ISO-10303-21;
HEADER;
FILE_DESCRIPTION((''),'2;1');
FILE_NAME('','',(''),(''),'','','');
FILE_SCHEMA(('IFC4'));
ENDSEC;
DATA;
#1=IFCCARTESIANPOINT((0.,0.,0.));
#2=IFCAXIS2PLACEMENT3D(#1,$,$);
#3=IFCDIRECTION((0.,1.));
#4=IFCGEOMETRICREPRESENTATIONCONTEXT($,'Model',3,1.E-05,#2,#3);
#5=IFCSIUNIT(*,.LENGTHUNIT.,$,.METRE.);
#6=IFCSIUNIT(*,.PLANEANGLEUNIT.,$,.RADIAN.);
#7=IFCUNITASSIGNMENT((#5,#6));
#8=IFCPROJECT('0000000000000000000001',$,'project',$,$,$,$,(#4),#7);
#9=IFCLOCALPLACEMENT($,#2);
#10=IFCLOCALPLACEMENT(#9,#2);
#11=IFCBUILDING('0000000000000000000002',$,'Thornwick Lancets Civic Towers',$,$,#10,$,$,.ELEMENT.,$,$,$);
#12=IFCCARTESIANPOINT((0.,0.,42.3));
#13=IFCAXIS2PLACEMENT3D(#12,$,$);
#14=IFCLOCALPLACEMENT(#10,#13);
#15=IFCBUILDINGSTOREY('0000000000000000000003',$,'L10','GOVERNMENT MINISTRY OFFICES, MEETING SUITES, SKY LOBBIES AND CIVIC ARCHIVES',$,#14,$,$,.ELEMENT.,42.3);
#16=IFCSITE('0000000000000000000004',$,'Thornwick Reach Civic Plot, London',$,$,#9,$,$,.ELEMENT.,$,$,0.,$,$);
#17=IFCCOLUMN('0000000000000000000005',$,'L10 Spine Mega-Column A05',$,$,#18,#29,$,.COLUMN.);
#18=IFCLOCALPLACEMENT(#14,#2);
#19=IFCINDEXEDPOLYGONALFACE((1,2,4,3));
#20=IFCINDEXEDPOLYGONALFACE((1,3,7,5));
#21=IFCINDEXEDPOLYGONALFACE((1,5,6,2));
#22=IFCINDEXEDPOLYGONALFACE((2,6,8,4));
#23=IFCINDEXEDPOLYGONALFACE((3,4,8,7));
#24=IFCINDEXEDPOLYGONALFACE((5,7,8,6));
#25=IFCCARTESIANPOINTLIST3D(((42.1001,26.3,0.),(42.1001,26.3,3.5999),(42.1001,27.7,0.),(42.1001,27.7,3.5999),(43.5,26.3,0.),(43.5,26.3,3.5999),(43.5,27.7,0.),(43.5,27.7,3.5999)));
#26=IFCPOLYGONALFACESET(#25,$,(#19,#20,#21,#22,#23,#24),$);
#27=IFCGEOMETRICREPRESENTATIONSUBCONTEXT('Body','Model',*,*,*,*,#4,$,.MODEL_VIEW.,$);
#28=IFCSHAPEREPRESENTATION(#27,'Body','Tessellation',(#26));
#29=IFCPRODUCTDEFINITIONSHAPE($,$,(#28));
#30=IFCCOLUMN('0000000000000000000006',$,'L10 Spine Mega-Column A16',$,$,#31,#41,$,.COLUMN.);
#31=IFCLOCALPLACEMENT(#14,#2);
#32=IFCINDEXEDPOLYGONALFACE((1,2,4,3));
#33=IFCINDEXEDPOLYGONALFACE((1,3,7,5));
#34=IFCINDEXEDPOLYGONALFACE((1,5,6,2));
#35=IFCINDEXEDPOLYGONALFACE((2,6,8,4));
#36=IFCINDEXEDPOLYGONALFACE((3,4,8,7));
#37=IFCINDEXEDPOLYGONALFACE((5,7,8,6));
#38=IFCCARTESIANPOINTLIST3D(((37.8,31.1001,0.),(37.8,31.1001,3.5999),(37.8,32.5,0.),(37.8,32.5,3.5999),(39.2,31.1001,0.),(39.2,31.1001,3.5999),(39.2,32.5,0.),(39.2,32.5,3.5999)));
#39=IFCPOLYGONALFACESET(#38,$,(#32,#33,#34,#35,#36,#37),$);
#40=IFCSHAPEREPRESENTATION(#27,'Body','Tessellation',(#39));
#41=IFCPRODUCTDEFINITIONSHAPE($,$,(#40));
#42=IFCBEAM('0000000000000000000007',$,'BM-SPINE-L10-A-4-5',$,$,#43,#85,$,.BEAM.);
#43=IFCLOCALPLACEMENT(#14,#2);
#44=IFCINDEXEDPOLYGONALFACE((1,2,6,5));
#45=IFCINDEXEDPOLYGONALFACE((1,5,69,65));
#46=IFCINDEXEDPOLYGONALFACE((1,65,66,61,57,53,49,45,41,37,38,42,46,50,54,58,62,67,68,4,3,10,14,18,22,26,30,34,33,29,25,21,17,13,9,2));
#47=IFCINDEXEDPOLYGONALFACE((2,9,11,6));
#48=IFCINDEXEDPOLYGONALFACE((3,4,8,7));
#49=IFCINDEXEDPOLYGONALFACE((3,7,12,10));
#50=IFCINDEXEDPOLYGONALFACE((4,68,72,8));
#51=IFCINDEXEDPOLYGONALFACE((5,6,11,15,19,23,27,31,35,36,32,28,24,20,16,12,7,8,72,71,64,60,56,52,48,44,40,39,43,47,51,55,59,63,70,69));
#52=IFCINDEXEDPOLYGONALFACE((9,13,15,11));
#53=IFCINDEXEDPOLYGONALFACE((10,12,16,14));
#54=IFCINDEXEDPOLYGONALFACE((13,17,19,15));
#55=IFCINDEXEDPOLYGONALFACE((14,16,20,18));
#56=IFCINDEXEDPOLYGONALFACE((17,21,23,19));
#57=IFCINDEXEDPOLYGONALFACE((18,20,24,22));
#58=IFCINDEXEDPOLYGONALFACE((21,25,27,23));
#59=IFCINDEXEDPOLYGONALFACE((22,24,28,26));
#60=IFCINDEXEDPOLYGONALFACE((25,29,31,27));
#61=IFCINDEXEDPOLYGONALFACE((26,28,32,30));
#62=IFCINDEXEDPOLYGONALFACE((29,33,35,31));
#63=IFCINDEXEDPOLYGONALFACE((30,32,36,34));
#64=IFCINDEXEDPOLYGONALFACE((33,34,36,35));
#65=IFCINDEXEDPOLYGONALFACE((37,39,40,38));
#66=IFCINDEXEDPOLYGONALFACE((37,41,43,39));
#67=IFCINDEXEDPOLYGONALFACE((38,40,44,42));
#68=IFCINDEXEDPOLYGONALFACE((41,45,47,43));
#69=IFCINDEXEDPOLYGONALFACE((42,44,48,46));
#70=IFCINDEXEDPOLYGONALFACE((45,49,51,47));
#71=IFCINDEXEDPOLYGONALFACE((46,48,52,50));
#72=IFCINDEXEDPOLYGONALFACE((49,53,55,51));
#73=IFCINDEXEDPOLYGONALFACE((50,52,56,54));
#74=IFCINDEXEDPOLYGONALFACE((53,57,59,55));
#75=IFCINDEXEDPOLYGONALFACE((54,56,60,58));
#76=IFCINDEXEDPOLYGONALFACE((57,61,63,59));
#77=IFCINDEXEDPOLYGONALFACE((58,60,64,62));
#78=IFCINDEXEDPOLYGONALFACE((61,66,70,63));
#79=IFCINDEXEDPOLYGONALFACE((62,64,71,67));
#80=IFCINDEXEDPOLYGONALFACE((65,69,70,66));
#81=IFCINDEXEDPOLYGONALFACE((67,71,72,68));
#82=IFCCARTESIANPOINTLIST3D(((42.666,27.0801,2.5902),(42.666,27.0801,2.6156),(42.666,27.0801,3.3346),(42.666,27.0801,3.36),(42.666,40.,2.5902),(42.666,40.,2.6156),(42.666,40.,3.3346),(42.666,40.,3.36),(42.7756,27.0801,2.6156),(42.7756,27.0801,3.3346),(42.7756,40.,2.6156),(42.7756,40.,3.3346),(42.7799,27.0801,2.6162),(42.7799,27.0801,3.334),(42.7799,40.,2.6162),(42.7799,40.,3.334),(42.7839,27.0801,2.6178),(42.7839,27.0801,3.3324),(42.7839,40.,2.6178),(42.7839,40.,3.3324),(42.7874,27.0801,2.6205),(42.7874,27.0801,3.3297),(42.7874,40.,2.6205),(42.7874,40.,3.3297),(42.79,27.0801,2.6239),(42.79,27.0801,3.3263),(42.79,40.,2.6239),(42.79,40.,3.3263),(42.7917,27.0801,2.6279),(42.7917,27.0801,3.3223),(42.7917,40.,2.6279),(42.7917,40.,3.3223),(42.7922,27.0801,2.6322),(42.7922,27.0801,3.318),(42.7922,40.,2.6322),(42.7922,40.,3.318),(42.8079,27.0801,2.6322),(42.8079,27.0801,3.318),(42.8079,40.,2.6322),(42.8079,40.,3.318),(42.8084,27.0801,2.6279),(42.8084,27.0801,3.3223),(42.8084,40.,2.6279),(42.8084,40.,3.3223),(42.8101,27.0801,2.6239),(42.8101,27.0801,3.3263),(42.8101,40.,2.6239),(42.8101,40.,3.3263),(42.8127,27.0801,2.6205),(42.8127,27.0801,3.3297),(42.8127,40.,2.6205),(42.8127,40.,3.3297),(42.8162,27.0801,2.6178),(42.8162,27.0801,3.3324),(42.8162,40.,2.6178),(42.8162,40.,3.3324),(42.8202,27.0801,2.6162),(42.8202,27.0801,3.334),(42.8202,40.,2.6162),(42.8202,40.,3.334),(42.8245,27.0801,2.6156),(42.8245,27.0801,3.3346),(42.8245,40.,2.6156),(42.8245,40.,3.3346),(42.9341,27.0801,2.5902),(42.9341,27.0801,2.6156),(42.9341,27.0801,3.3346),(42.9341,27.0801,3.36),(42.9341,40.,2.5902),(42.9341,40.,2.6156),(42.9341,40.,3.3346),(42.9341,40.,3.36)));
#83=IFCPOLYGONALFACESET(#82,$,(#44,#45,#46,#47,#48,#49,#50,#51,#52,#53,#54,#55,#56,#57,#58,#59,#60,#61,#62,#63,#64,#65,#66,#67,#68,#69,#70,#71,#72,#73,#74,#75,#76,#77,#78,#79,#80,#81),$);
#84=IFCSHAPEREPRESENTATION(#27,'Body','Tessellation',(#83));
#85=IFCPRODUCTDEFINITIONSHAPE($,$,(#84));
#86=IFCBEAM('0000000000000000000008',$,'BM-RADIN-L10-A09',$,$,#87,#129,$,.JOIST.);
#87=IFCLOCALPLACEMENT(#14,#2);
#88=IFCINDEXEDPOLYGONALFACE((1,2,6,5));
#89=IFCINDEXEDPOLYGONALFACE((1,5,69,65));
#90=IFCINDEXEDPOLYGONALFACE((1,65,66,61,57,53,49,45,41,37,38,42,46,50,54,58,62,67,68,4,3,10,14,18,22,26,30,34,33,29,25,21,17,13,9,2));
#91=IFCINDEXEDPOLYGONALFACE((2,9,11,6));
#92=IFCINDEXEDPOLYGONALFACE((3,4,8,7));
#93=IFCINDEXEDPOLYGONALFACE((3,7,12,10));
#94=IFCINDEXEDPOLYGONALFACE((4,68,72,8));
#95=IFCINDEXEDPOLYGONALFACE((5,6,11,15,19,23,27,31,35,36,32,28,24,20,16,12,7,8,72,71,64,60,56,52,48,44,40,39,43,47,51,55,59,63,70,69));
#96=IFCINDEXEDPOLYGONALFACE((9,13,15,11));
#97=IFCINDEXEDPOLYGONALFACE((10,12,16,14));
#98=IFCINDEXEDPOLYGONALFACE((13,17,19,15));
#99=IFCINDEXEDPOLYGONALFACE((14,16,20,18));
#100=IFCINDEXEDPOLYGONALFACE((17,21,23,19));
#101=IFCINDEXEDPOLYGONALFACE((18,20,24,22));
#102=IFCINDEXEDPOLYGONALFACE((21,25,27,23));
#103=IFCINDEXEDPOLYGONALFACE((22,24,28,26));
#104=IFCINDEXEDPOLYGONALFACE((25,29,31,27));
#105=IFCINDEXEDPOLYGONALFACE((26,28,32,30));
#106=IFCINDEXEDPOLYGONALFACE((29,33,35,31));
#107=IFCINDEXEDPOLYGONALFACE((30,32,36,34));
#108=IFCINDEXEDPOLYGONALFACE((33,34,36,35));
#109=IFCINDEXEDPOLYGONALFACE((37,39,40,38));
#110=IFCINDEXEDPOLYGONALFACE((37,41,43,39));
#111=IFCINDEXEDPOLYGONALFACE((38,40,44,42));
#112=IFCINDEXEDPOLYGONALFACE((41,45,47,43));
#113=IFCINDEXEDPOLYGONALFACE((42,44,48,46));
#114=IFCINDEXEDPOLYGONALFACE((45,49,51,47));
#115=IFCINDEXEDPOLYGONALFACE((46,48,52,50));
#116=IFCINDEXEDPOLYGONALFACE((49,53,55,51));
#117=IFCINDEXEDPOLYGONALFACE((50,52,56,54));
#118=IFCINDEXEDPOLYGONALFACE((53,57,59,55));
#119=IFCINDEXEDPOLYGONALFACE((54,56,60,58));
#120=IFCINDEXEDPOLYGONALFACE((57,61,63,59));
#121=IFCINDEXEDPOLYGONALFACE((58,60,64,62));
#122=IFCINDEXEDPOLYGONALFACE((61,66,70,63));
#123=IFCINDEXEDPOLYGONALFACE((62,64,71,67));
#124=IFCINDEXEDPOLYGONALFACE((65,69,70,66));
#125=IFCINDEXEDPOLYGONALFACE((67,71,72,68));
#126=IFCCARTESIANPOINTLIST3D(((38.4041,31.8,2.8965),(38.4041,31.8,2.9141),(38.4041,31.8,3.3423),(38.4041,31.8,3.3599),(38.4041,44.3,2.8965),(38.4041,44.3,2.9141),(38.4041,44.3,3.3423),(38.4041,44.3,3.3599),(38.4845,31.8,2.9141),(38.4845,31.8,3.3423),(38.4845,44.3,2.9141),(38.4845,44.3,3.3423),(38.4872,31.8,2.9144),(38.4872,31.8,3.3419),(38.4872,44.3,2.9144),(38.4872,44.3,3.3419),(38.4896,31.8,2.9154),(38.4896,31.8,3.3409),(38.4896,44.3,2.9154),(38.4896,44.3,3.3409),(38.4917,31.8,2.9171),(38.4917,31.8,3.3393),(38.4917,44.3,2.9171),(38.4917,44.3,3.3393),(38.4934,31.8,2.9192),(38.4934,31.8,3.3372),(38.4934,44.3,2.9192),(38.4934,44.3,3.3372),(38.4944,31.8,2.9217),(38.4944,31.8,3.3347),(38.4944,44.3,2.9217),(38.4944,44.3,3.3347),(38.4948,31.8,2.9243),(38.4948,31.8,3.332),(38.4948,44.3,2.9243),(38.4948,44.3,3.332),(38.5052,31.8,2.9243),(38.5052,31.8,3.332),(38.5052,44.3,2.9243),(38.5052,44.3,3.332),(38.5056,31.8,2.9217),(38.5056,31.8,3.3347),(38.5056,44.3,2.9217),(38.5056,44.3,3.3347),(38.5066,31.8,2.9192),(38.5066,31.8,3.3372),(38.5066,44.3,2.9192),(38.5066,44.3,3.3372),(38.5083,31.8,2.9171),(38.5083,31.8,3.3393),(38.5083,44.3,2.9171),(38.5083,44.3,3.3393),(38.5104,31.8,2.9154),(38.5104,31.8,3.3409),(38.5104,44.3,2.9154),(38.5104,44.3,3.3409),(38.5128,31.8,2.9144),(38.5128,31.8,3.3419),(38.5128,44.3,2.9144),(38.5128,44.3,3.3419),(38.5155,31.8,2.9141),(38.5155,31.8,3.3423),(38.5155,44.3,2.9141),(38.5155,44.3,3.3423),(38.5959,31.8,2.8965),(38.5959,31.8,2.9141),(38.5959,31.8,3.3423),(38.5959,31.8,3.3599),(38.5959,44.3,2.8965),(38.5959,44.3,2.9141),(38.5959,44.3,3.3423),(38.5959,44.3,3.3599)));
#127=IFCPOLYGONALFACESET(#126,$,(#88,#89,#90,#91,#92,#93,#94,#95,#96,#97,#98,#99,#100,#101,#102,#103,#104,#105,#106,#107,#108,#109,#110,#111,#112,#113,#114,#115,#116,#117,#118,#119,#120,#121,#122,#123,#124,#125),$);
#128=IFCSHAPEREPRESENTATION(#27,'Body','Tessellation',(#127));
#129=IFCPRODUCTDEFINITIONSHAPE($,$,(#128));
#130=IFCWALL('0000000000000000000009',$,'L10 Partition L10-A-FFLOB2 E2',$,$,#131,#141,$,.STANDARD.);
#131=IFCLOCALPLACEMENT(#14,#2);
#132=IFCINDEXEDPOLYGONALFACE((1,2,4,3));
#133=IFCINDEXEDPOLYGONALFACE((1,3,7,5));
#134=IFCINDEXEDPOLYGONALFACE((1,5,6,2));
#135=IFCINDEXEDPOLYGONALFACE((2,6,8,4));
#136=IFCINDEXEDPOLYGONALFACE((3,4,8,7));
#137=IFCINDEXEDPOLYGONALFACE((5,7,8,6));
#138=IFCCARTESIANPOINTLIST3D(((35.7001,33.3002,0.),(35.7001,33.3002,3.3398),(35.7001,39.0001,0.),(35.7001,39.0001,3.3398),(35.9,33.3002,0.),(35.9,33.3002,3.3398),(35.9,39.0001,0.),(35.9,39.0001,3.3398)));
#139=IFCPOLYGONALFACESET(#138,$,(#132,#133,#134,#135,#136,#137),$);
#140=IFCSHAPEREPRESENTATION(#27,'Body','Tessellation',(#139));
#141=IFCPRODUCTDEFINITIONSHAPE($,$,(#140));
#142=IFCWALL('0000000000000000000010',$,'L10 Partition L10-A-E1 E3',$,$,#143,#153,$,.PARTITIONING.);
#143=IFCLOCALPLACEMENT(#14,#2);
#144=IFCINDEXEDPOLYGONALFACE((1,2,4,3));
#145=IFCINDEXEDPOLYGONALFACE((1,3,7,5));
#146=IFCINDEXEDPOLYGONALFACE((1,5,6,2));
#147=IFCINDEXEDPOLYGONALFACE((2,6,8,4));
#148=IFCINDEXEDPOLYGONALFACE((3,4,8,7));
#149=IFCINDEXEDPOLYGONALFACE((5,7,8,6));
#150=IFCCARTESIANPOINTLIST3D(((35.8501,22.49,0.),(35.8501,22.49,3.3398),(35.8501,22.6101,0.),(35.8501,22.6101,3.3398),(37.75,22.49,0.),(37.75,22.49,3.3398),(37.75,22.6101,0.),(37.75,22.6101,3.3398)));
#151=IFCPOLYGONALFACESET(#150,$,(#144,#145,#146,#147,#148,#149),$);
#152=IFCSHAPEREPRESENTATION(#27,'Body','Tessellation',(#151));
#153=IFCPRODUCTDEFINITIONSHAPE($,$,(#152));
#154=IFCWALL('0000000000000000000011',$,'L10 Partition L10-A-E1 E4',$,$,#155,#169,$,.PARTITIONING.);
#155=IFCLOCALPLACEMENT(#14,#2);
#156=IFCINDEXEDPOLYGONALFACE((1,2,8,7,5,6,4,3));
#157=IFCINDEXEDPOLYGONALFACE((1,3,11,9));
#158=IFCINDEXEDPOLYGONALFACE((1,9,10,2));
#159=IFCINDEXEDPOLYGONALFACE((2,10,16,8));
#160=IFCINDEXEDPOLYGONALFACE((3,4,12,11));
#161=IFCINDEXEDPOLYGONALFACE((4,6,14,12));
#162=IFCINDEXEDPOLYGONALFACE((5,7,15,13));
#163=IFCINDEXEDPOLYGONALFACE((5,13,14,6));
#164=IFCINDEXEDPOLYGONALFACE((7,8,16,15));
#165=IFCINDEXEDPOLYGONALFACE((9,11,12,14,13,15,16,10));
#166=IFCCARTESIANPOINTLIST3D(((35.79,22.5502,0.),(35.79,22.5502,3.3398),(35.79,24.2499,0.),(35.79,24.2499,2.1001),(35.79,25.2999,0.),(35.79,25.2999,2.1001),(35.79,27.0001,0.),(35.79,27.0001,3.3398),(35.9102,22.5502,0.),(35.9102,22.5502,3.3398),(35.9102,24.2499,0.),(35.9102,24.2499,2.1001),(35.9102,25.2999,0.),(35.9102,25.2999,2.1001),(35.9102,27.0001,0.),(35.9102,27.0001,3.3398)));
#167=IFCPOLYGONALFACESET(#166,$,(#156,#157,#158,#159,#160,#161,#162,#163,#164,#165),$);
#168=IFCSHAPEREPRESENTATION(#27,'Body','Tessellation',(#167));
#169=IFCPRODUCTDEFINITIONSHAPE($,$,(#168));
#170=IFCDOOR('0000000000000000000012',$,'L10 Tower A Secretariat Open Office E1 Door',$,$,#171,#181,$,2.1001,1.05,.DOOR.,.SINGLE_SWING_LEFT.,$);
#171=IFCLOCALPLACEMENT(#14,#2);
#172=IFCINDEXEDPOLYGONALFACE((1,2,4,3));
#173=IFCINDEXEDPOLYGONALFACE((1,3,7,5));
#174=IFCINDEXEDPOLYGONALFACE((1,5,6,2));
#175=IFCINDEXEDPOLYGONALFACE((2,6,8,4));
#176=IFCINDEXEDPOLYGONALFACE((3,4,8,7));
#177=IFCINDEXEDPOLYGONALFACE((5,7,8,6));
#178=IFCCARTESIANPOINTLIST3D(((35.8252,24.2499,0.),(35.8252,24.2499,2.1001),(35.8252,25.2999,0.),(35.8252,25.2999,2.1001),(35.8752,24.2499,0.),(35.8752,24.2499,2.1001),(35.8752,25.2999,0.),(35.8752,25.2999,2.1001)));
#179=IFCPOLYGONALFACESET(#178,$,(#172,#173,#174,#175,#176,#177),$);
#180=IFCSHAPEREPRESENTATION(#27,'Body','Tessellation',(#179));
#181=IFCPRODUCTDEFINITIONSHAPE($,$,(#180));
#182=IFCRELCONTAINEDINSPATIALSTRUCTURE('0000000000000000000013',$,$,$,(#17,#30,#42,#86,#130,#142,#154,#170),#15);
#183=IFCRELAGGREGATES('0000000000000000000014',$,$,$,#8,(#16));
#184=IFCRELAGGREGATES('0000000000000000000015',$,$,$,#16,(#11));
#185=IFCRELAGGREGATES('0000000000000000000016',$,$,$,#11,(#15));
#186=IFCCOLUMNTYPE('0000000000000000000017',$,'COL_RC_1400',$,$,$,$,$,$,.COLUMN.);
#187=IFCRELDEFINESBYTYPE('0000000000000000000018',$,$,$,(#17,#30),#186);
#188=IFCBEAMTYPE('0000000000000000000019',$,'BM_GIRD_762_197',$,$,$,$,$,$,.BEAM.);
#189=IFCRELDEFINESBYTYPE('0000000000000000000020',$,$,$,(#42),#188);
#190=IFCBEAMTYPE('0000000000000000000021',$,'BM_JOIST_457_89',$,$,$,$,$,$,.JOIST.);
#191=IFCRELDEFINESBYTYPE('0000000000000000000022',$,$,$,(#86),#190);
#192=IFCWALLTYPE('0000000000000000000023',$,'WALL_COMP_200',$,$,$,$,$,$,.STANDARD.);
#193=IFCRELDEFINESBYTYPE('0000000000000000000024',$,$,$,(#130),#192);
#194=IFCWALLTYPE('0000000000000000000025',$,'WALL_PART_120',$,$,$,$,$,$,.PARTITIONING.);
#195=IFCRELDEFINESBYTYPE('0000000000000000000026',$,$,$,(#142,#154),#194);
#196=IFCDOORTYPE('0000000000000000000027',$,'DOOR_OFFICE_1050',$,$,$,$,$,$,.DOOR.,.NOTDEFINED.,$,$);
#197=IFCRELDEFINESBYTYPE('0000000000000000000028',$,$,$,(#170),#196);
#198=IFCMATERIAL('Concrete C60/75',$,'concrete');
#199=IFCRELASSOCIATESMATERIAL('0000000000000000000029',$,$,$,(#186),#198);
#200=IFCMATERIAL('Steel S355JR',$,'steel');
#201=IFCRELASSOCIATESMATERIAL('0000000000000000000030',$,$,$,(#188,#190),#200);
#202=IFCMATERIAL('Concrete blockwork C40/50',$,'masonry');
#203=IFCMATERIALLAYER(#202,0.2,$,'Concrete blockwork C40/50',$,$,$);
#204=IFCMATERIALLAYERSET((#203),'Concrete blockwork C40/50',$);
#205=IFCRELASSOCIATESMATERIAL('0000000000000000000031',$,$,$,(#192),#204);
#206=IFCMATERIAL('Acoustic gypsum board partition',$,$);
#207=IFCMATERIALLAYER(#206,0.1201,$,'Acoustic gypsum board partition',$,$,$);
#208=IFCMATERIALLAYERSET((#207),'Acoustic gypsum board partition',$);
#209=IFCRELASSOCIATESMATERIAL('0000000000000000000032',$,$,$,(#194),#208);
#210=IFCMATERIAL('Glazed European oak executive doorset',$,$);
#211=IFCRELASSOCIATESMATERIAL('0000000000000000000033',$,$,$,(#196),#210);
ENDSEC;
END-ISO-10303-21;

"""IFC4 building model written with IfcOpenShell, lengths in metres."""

from ifc_helpers import new_model, si_unit, direction, frame, frame_2d, origin, origin_2d, place, context, subcontext, project, spatial, rectangle, i_section, extrude, material, layer, layer_set, material_profile, profile_set, type_object, element, fill, save


model = new_model("IFC4")

# Units and contexts
model_context = context("Model", 3, precision=1e-05, world=origin(), true_north=direction((0.0, 1.0)))
body_context = subcontext(model_context, "Body", "Model", "MODEL_VIEW")
ifc_project = project(units=[si_unit("LENGTHUNIT", "METRE"), si_unit("PLANEANGLEUNIT", "RADIAN")], contexts=[model_context])

# Site, building, storey
site_placement = place(None, origin())
site = spatial("IfcSite", under=ifc_project, at=site_placement, Name="Thornwick Reach Civic Plot, London", CompositionType="ELEMENT", RefElevation=0.0)
building_placement = place(site_placement, origin())
building = spatial("IfcBuilding", under=site, at=building_placement, Name="Thornwick Lancets Civic Towers", CompositionType="ELEMENT")
storey_placement = place(building_placement, frame((0.0, 0.0, 42.3)))
storey = spatial("IfcBuildingStorey", under=building, at=storey_placement, Name="L10", Description="GOVERNMENT MINISTRY OFFICES, MEETING SUITES, SKY LOBBIES AND CIVIC ARCHIVES", CompositionType="ELEMENT", Elevation=42.3)

# Columns
ifc_material_1 = material(Name="Concrete C60/75", Category="concrete")
ifc_material_profile_1 = material_profile(ifc_material_1, rectangle(XDim=1.3999, YDim=1.3999, at=origin_2d()), Name="RC 1400x1400")
ifc_profile_set_1 = profile_set([ifc_material_profile_1], Name="Concrete C60/75")
column_type = type_object("IfcColumnType", Name="COL_RC_1400", PredefinedType="COLUMN", material=ifc_profile_set_1)
for number, where, z_axis, x_axis, name in (
    (1, (42.8, 27.0, 0.0), (0.0, 0.0, 1.0), (1.0, 0.0, 0.0), "L10 Spine Mega-Column A05"),
    (2, (38.5, 31.8, 0.0), (0.0, 0.0, 1.0), (1.0, 0.0, 0.0), "L10 Spine Mega-Column A16"),
):
    element("IfcColumn", number, at=place(storey_placement, frame(where, z_axis=z_axis, x_axis=x_axis)), inside=storey, type_object=column_type, Name=name, PredefinedType="COLUMN", context=body_context, shape_type="SweptSolid", body=[
        extrude(rectangle(XDim=1.3999, YDim=1.3999, at=origin_2d()), origin(), (0.0, 0.0, 1.0), 3.5999),
    ])

# Beams
ifc_material_2 = material(Name="Steel S355JR", Category="steel")
ifc_material_profile_2 = material_profile(ifc_material_2, i_section(OverallWidth=0.2681, OverallDepth=0.7698, WebThickness=0.0156, FlangeThickness=0.0254, FilletRadius=0.0166, at=origin_2d()), Name="UKB 762x267x197")
ifc_profile_set_2 = profile_set([ifc_material_profile_2], Name="Steel S355JR")
beam_type_1 = type_object("IfcBeamType", Name="BM_GIRD_762_197", PredefinedType="BEAM", material=ifc_profile_set_2)
beam_1_placement = place(storey_placement, frame((42.8, 27.0801, 2.9751), z_axis=(0.0, 1.0, 0.0), x_axis=(-1.0, 0.0, 0.0)))
element("IfcBeam", 3, at=beam_1_placement, inside=storey, type_object=beam_type_1, Name="BM-SPINE-L10-A-4-5", PredefinedType="BEAM", context=body_context, shape_type="SweptSolid", body=[
    extrude(i_section(OverallWidth=0.2681, OverallDepth=0.7698, WebThickness=0.0156, FlangeThickness=0.0254, FilletRadius=0.0166, at=origin_2d()), origin(), (0.0, 0.0, 1.0), 12.9199),
])
ifc_material_profile_3 = material_profile(ifc_material_2, i_section(OverallWidth=0.1919, OverallDepth=0.4634, WebThickness=0.0105, FlangeThickness=0.0176, FilletRadius=0.0103, at=origin_2d()), Name="UKB 457x191x89")
ifc_profile_set_3 = profile_set([ifc_material_profile_3], Name="Steel S355JR")
beam_type_2 = type_object("IfcBeamType", Name="BM_JOIST_457_89", PredefinedType="JOIST", material=ifc_profile_set_3)
beam_2_placement = place(storey_placement, frame((38.5, 31.8, 3.1282), z_axis=(0.0, 1.0, 0.0), x_axis=(-1.0, 0.0, 0.0)))
element("IfcBeam", 4, at=beam_2_placement, inside=storey, type_object=beam_type_2, Name="BM-RADIN-L10-A09", PredefinedType="JOIST", context=body_context, shape_type="SweptSolid", body=[
    extrude(i_section(OverallWidth=0.1919, OverallDepth=0.4634, WebThickness=0.0105, FlangeThickness=0.0176, FilletRadius=0.0103, at=origin_2d()), origin(), (0.0, 0.0, 1.0), 12.5),
])

# Walls
ifc_material_3 = material(Name="Concrete blockwork C40/50", Category="masonry")
ifc_layer_1 = layer(ifc_material_3, 0.2, Name="Concrete blockwork C40/50")
ifc_layer_set_1 = layer_set([ifc_layer_1], Name="Concrete blockwork C40/50")
wall_type_1 = type_object("IfcWallType", Name="WALL_COMP_200", PredefinedType="STANDARD", material=ifc_layer_set_1)
wall_1_placement = place(storey_placement, frame((35.8, 33.3, 0.0), z_axis=(0.0, 0.0, 1.0), x_axis=(0.0, 1.0, 0.0)))
element("IfcWall", 5, at=wall_1_placement, inside=storey, type_object=wall_type_1, Name="L10 Partition L10-A-FFLOB2 E2", PredefinedType="STANDARD", context=body_context, shape_type="SweptSolid", body=[
    extrude(rectangle(XDim=5.7, YDim=0.2, at=frame_2d((2.8501, 0.0))), origin(), (0.0, 0.0, 1.0), 3.3398),
])
ifc_material_4 = material(Name="Acoustic gypsum board partition")
ifc_layer_2 = layer(ifc_material_4, 0.1201, Name="Acoustic gypsum board partition")
ifc_layer_set_2 = layer_set([ifc_layer_2], Name="Acoustic gypsum board partition")
wall_type_2 = type_object("IfcWallType", Name="WALL_PART_120", PredefinedType="PARTITIONING", material=ifc_layer_set_2)
wall_2_placement = place(storey_placement, frame((37.75, 22.55, 0.0), z_axis=(0.0, 0.0, 1.0), x_axis=(-1.0, 0.0, 0.0)))
element("IfcWall", 6, at=wall_2_placement, inside=storey, type_object=wall_type_2, Name="L10 Partition L10-A-E1 E3", PredefinedType="PARTITIONING", context=body_context, shape_type="SweptSolid", body=[
    extrude(rectangle(XDim=1.8999, YDim=0.1201, at=frame_2d((0.95, 0.0))), origin(), (0.0, 0.0, 1.0), 3.3398),
])

# Wall, opening, door
wall_3_placement = place(storey_placement, frame((35.8501, 22.55, 0.0), z_axis=(0.0, 0.0, 1.0), x_axis=(0.0, 1.0, 0.0)))
wall_3 = element("IfcWall", 7, at=wall_3_placement, inside=storey, type_object=wall_type_2, Name="L10 Partition L10-A-E1 E4", PredefinedType="PARTITIONING", context=body_context, shape_type="SweptSolid", body=[
    extrude(rectangle(XDim=4.45, YDim=0.1201, at=frame_2d((2.2251, 0.0))), origin(), (0.0, 0.0, 1.0), 3.3398),
])
opening_1_placement = place(wall_3_placement, frame((1.7, 0.0, 0.0)))
opening_1 = element("IfcOpeningElement", 8, at=opening_1_placement, cuts=wall_3, PredefinedType="OPENING", context=body_context, shape_type="SweptSolid", body=[
    extrude(rectangle(XDim=1.05, YDim=2.1001, at=frame_2d((0.5249, 1.05))), frame((0.0, 0.0701, 0.0), z_axis=(0.0, -1.0, 0.0), x_axis=(1.0, 0.0, 0.0)), (0.0, 0.0, 1.0), 0.1401),
])
ifc_material_5 = material(Name="Glazed European oak executive doorset")
door_type_1 = type_object("IfcDoorType", Name="DOOR_OFFICE_1050", OperationType="NOTDEFINED", PredefinedType="DOOR", material=ifc_material_5)
door_1_placement = place(opening_1_placement, origin())
door_1 = element("IfcDoor", 9, at=door_1_placement, inside=storey, type_object=door_type_1, Name="L10 Tower A Secretariat Open Office E1 Door", OperationType="SINGLE_SWING_LEFT", OverallHeight=2.1001, OverallWidth=1.05, PredefinedType="DOOR", context=body_context, shape_type="SweptSolid", body=[
    extrude(rectangle(XDim=1.05, YDim=2.1001, at=frame_2d((0.5249, 1.05))), frame((0.0, 0.0249, 0.0), z_axis=(0.0, -1.0, 0.0), x_axis=(1.0, 0.0, 0.0)), (0.0, 0.0, 1.0), 0.05),
])
fill(opening_1, door_1)

save(model, "model.ifc")
